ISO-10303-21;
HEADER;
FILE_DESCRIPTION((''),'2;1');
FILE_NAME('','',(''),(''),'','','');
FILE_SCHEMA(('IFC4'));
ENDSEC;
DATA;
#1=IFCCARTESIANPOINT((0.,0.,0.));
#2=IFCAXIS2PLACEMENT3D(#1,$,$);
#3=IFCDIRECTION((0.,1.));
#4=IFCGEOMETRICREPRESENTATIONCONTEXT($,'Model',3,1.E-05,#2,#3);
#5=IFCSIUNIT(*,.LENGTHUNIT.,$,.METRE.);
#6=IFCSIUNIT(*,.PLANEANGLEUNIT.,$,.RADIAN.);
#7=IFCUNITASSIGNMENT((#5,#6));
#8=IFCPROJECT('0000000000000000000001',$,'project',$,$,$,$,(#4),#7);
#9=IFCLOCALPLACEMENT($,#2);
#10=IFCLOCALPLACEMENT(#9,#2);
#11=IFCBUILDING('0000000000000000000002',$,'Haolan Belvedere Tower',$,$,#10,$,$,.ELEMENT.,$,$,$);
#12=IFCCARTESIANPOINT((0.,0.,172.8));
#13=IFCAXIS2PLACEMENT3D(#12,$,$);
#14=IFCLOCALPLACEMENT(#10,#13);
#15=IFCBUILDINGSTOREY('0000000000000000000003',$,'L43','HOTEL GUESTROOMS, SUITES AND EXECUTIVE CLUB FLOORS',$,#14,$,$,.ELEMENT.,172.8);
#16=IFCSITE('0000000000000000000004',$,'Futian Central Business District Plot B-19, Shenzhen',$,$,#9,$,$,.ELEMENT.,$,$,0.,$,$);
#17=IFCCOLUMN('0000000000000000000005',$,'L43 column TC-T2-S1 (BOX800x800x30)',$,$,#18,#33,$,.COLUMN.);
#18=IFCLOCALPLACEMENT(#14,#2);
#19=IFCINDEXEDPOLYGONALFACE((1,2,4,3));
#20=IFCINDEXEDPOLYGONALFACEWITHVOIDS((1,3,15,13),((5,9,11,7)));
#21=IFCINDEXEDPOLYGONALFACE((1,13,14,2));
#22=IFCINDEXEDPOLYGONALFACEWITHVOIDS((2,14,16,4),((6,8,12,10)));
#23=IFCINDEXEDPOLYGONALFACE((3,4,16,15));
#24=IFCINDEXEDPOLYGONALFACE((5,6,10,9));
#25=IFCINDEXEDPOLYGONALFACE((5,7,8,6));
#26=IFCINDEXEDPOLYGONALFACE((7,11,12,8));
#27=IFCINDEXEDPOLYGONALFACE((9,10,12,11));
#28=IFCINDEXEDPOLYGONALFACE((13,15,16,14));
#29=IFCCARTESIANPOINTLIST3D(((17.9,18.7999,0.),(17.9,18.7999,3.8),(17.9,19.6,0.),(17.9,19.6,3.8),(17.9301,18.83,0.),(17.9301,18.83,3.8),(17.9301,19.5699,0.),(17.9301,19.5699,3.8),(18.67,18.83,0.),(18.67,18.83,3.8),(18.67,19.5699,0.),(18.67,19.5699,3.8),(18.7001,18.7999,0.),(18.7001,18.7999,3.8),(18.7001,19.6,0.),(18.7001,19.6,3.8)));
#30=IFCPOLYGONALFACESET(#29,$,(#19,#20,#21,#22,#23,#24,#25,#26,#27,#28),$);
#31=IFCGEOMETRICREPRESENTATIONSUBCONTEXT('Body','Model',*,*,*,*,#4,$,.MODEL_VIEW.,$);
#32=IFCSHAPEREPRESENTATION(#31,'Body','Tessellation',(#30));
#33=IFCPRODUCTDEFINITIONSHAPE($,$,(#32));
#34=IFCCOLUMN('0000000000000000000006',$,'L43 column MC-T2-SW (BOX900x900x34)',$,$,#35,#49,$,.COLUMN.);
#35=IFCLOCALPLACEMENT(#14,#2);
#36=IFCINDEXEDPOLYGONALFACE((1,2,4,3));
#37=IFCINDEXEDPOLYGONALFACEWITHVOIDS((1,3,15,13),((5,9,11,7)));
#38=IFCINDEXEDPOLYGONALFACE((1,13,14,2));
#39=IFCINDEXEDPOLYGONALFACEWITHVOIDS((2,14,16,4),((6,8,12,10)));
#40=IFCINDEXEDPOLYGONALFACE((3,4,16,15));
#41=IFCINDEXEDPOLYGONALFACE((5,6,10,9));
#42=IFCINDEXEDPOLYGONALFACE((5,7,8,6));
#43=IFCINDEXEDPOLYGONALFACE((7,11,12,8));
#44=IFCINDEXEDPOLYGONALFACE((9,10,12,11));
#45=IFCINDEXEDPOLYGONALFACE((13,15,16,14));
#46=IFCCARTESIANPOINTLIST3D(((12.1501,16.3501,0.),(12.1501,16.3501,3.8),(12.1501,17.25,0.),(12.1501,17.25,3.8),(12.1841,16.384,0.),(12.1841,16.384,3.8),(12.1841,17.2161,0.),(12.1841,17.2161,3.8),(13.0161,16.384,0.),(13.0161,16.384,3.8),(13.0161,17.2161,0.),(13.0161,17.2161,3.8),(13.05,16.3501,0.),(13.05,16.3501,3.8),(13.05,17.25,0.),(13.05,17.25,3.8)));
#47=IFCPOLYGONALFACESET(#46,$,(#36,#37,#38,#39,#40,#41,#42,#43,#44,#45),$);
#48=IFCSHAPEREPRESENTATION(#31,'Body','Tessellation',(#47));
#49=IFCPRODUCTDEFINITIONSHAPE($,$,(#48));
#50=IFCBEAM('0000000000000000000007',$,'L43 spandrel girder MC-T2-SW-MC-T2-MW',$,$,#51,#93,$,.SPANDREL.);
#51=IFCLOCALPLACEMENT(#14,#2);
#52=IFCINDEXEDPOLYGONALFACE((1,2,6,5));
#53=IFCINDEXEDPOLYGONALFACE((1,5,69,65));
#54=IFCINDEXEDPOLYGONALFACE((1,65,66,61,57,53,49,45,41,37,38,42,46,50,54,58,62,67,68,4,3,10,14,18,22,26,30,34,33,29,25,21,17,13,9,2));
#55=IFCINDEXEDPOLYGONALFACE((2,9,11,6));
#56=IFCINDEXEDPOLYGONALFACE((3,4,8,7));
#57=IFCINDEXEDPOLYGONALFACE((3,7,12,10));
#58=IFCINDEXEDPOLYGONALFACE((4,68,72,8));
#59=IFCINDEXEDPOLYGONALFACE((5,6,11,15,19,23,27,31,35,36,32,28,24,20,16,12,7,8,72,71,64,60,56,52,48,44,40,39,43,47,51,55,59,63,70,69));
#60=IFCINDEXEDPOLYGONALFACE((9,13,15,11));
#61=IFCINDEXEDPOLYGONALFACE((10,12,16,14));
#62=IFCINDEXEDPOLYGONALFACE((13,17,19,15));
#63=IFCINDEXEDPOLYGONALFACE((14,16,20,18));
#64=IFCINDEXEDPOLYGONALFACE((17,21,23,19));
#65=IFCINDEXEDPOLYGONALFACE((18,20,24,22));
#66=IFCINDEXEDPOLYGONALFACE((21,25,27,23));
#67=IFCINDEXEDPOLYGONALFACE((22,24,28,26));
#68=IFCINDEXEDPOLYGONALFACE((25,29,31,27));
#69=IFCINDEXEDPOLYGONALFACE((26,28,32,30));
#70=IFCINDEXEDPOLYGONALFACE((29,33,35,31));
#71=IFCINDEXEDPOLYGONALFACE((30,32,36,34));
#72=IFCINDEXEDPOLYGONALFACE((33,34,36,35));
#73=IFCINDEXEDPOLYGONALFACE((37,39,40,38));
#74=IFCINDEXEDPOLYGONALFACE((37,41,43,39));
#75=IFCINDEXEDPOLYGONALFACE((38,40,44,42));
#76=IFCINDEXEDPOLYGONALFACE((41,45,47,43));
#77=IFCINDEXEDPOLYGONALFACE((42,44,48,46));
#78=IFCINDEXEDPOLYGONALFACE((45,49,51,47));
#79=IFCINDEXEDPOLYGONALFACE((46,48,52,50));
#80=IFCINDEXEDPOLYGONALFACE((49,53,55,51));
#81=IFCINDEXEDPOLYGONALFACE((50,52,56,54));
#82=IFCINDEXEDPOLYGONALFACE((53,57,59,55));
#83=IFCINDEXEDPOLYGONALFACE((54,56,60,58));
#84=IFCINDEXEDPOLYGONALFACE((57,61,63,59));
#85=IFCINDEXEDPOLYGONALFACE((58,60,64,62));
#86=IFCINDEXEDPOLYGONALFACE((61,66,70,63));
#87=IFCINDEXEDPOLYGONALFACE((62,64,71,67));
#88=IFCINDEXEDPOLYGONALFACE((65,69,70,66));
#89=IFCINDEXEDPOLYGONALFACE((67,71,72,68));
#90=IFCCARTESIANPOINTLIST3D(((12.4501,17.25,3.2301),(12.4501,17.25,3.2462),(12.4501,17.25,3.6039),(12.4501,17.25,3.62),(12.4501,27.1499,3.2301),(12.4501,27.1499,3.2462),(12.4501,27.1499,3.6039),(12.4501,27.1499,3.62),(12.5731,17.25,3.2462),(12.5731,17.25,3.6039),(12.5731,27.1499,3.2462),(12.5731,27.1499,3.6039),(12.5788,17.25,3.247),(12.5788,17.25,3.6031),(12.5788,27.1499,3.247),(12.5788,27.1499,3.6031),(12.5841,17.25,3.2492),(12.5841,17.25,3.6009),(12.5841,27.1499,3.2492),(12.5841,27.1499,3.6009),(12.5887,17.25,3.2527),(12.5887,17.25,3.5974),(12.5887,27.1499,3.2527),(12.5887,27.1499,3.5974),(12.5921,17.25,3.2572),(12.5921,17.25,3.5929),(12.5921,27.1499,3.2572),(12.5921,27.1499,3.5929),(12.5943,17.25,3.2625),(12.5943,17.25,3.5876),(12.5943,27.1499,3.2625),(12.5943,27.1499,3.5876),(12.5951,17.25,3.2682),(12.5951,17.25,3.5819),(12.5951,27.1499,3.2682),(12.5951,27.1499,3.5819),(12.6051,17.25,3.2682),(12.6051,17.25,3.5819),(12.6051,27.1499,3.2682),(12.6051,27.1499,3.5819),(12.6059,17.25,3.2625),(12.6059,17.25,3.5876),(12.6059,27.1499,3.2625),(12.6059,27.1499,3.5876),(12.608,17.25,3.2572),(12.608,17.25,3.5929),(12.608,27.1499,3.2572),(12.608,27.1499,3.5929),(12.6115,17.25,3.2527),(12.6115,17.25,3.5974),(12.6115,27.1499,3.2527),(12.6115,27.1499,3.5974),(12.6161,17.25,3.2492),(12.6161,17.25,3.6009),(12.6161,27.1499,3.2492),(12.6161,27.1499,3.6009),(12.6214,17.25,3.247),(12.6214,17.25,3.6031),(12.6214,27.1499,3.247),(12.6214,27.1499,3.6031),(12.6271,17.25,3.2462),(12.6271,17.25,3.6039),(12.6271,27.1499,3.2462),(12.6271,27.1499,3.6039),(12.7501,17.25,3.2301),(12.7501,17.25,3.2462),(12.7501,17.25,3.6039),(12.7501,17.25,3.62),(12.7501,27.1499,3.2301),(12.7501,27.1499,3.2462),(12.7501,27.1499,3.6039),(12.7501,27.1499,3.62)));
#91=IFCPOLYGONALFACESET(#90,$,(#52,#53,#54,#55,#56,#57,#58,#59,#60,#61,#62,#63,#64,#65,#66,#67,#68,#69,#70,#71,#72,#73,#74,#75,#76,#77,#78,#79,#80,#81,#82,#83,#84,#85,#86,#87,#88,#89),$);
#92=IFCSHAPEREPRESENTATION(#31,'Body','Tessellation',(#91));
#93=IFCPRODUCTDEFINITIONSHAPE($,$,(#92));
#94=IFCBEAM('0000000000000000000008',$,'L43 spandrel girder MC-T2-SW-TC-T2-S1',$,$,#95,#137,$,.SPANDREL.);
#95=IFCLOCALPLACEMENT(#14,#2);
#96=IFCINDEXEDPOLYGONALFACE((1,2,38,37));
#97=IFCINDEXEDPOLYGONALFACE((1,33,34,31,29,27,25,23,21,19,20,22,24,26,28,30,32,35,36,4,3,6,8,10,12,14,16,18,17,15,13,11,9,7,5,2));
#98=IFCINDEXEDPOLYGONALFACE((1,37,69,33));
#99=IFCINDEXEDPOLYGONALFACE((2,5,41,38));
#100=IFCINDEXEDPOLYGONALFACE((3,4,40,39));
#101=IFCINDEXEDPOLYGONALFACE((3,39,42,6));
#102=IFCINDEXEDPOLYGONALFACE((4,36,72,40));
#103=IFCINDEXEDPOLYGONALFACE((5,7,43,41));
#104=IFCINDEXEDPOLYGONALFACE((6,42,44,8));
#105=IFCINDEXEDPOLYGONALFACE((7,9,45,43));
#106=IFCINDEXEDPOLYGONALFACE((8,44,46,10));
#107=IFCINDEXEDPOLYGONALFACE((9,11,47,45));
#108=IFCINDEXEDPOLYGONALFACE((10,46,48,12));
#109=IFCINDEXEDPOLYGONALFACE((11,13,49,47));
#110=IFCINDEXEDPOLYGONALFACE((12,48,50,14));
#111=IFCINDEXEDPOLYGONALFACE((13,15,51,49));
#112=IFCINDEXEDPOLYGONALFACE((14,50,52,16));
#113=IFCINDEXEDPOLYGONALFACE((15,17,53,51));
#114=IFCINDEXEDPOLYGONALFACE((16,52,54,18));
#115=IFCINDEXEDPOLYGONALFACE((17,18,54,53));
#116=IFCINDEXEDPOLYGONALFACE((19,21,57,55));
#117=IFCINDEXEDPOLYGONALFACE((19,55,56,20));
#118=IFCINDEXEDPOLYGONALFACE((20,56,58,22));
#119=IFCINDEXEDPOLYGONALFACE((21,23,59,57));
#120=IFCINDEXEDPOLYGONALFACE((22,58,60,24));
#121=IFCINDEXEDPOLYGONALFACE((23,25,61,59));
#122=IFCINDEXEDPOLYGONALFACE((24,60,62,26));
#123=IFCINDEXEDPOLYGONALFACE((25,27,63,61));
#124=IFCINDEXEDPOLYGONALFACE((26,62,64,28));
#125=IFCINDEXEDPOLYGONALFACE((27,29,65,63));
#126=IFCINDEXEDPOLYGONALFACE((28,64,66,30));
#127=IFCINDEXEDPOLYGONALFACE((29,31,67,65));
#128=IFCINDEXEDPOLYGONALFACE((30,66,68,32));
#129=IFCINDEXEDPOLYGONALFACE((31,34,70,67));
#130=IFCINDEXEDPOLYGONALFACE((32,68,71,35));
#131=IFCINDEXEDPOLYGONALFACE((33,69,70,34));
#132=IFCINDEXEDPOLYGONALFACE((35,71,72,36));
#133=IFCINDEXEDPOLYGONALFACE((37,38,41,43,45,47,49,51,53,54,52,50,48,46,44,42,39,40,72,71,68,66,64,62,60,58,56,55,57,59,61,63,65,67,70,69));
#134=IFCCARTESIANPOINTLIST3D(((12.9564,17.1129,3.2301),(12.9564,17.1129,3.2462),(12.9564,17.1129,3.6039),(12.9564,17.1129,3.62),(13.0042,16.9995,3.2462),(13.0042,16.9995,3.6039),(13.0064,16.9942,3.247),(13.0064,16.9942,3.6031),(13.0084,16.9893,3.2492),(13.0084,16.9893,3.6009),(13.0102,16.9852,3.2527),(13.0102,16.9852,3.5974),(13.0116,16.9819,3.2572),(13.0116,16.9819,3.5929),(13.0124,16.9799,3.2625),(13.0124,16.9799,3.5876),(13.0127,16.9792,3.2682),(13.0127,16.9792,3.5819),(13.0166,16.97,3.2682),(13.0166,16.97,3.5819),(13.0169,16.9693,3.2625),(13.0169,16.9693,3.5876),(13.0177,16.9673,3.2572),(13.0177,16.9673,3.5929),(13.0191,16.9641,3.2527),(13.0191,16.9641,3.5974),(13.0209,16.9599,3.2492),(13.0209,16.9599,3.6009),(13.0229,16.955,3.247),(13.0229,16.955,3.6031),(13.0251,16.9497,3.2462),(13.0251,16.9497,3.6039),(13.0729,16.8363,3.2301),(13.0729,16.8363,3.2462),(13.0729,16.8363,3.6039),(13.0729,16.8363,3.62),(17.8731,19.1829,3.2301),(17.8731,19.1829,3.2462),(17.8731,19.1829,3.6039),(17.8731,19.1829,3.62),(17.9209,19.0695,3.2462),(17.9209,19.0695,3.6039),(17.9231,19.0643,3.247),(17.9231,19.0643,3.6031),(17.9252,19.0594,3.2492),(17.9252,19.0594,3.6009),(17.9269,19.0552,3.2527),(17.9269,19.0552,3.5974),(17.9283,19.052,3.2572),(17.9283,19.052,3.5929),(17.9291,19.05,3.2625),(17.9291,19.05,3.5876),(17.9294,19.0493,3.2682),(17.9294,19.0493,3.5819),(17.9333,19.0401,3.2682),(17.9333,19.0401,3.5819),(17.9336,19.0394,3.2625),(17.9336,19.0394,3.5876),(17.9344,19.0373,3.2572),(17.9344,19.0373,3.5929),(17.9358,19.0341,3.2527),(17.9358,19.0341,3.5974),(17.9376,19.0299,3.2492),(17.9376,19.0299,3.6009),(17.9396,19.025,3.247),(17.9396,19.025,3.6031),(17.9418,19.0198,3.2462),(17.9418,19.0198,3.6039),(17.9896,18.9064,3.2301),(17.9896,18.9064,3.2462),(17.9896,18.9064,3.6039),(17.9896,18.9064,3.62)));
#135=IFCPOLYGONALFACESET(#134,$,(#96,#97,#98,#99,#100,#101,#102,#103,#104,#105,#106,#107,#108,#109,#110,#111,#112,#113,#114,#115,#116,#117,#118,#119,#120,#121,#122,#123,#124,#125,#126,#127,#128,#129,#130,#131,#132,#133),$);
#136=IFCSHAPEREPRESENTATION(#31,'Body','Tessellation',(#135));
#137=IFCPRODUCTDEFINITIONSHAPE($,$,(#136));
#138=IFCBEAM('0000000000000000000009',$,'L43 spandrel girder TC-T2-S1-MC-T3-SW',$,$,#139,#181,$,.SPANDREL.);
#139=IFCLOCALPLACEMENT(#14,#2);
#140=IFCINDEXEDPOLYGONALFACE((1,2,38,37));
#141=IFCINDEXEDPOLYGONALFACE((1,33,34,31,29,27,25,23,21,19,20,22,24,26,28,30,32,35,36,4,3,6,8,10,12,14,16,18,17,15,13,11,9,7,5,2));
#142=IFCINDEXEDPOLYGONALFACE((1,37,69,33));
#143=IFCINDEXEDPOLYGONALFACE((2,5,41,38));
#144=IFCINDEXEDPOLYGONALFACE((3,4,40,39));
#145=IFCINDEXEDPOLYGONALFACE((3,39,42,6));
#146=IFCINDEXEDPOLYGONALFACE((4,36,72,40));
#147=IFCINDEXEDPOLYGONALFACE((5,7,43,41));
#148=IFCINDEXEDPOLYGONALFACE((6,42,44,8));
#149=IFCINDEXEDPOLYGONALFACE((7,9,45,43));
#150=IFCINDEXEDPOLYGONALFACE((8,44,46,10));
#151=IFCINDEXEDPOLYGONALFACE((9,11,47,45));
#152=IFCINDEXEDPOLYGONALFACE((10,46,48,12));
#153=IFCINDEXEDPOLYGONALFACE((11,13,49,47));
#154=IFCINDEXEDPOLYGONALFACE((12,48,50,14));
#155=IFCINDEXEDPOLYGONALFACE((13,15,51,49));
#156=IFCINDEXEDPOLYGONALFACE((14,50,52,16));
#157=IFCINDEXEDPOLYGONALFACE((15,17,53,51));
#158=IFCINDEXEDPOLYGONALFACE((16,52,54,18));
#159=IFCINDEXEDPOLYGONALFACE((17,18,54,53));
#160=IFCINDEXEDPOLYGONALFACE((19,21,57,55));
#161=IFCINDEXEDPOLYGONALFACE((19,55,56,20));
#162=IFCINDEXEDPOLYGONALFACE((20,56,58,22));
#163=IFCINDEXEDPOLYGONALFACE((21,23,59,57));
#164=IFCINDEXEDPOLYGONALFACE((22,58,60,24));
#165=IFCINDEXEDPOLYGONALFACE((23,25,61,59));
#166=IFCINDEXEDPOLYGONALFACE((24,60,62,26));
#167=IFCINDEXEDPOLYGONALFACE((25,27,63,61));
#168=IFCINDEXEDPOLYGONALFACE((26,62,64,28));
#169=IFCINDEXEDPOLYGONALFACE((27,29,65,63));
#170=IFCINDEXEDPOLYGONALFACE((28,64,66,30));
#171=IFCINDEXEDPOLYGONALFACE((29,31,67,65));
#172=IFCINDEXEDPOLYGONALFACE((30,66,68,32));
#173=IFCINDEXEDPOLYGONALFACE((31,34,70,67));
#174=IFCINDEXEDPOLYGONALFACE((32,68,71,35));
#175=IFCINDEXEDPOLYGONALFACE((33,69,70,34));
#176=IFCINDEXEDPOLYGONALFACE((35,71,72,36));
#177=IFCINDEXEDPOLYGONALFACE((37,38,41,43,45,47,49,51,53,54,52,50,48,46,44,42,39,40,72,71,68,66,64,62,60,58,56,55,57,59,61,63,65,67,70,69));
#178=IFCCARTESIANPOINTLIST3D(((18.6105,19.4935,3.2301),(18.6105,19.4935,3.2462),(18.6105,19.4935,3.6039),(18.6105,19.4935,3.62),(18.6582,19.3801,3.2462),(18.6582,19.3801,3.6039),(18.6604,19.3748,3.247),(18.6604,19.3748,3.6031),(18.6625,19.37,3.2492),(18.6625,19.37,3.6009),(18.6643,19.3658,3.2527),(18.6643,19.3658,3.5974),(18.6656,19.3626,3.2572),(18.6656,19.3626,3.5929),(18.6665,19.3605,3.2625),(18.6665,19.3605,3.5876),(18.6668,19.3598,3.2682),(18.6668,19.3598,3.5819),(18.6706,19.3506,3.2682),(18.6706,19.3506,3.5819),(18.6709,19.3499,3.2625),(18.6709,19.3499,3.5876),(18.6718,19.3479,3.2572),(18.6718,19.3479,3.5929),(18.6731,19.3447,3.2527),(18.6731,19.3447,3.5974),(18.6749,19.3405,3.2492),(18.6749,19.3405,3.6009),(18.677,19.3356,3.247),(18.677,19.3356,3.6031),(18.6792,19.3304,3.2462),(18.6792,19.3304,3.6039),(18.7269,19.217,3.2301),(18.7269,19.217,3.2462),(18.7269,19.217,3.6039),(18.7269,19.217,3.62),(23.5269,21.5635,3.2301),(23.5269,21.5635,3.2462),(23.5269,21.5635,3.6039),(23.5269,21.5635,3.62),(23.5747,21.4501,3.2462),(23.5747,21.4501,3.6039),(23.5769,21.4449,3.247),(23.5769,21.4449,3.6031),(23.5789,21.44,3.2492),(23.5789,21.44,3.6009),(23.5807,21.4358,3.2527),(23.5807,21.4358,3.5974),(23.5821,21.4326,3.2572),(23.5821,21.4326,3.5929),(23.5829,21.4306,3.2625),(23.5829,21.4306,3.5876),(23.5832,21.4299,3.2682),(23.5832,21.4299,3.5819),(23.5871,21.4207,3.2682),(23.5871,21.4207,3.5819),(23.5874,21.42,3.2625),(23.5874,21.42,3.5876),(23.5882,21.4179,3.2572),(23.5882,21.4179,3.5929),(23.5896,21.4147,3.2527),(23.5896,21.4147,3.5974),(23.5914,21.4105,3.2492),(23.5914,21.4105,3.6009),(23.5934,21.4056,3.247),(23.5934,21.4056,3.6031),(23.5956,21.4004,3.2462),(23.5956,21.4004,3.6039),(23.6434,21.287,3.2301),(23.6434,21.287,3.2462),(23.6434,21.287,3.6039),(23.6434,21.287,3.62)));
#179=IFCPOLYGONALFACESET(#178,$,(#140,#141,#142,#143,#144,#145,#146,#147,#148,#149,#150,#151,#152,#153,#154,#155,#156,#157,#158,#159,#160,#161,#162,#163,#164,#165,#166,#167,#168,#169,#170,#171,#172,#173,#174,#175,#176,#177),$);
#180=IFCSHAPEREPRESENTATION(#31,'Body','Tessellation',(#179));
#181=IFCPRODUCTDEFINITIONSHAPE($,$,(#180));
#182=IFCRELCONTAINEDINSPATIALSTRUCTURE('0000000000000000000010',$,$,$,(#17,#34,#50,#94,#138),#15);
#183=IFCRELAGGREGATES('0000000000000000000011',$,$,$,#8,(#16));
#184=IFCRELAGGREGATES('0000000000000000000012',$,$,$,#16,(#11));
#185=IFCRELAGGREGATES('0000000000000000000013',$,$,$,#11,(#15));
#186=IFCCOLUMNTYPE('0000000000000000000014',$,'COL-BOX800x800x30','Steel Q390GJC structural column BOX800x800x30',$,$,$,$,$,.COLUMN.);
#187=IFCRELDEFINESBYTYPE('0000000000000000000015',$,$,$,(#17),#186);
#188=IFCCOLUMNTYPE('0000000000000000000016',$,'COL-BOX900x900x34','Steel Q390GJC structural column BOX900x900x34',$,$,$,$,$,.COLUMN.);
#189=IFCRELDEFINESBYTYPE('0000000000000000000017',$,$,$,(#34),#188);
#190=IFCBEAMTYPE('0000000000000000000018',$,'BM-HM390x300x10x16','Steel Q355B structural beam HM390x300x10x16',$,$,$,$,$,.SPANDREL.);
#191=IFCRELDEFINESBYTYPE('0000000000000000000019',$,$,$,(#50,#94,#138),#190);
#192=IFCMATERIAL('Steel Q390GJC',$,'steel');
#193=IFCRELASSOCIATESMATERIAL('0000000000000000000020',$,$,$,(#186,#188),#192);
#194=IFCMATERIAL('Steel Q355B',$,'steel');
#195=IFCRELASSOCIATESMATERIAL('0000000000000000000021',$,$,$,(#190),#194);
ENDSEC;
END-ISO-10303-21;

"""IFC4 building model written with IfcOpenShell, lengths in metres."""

from ifc_helpers import new_model, si_unit, direction, frame, origin, origin_2d, place, context, subcontext, project, spatial, hollow_rectangle, i_section, extrude, material, material_profile, profile_set, type_object, element, save


model = new_model("IFC4")

# Units and contexts
model_context = context("Model", 3, precision=1e-05, world=origin(), true_north=direction((0.0, 1.0)))
body_context = subcontext(model_context, "Body", "Model", "MODEL_VIEW")
ifc_project = project(units=[si_unit("LENGTHUNIT", "METRE"), si_unit("PLANEANGLEUNIT", "RADIAN")], contexts=[model_context])

# Site, building, storey
site_placement = place(None, origin())
site = spatial("IfcSite", under=ifc_project, at=site_placement, Name="Futian Central Business District Plot B-19, Shenzhen", CompositionType="ELEMENT", RefElevation=0.0)
building_placement = place(site_placement, origin())
building = spatial("IfcBuilding", under=site, at=building_placement, Name="Haolan Belvedere Tower", CompositionType="ELEMENT")
storey_placement = place(building_placement, frame((0.0, 0.0, 172.8)))
storey = spatial("IfcBuildingStorey", under=building, at=storey_placement, Name="L43", Description="HOTEL GUESTROOMS, SUITES AND EXECUTIVE CLUB FLOORS", CompositionType="ELEMENT", Elevation=172.8)

# Columns
ifc_material_1 = material(Name="Steel Q390GJC", Category="steel")
ifc_material_profile_1 = material_profile(ifc_material_1, hollow_rectangle(XDim=0.8, YDim=0.8, WallThickness=0.03, at=origin_2d()), Name="Steel Q390GJC")
ifc_profile_set_1 = profile_set([ifc_material_profile_1], Name="Steel Q390GJC")
column_type_1 = type_object("IfcColumnType", Name="COL-BOX800x800x30", Description="Steel Q390GJC structural column BOX800x800x30", PredefinedType="COLUMN", material=ifc_profile_set_1)
column_1_placement = place(storey_placement, frame((18.3, 19.2, 0.0), z_axis=(0.0, 0.0, 1.0), x_axis=(1.0, 0.0, 0.0)))
element("IfcColumn", 1, at=column_1_placement, inside=storey, type_object=column_type_1, Name="L43 column TC-T2-S1 (BOX800x800x30)", PredefinedType="COLUMN", context=body_context, shape_type="SweptSolid", body=[
    extrude(hollow_rectangle(XDim=0.8, YDim=0.8, WallThickness=0.03, at=origin_2d()), origin(), (0.0, 0.0, 1.0), 3.8),
])
ifc_material_profile_2 = material_profile(ifc_material_1, hollow_rectangle(XDim=0.8999, YDim=0.8999, WallThickness=0.0339, at=origin_2d()), Name="Steel Q390GJC")
ifc_profile_set_2 = profile_set([ifc_material_profile_2], Name="Steel Q390GJC")
column_type_2 = type_object("IfcColumnType", Name="COL-BOX900x900x34", Description="Steel Q390GJC structural column BOX900x900x34", PredefinedType="COLUMN", material=ifc_profile_set_2)
column_2_placement = place(storey_placement, frame((12.6001, 16.8, 0.0), z_axis=(0.0, 0.0, 1.0), x_axis=(1.0, 0.0, 0.0)))
element("IfcColumn", 2, at=column_2_placement, inside=storey, type_object=column_type_2, Name="L43 column MC-T2-SW (BOX900x900x34)", PredefinedType="COLUMN", context=body_context, shape_type="SweptSolid", body=[
    extrude(hollow_rectangle(XDim=0.8999, YDim=0.8999, WallThickness=0.0339, at=origin_2d()), origin(), (0.0, 0.0, 1.0), 3.8),
])

# Beams
ifc_material_2 = material(Name="Steel Q355B", Category="steel")
ifc_material_profile_3 = material_profile(ifc_material_2, i_section(OverallWidth=0.3, OverallDepth=0.3899, WebThickness=0.01, FlangeThickness=0.0161, FilletRadius=0.022, at=origin_2d()), Name="Steel Q355B")
ifc_profile_set_3 = profile_set([ifc_material_profile_3], Name="Steel Q355B")
beam_type_1 = type_object("IfcBeamType", Name="BM-HM390x300x10x16", Description="Steel Q355B structural beam HM390x300x10x16", PredefinedType="SPANDREL", material=ifc_profile_set_3)
beam_1_placement = place(storey_placement, frame((12.6001, 17.25, 3.425), z_axis=(0.0, 1.0, 0.0), x_axis=(-1.0, 0.0, 0.0)))
element("IfcBeam", 3, at=beam_1_placement, inside=storey, type_object=beam_type_1, Name="L43 spandrel girder MC-T2-SW-MC-T2-MW", PredefinedType="SPANDREL", context=body_context, shape_type="SweptSolid", body=[
    extrude(i_section(OverallWidth=0.3, OverallDepth=0.3899, WebThickness=0.01, FlangeThickness=0.0161, FilletRadius=0.022, at=origin_2d()), origin(), (0.0, 0.0, 1.0), 9.8999),
])
beam_2_placement = place(storey_placement, frame((13.0146, 16.9746, 3.425), z_axis=(0.921645, 0.388034, 0.0), x_axis=(-0.388034, 0.921645, 0.0)))
element("IfcBeam", 4, at=beam_2_placement, inside=storey, type_object=beam_type_1, Name="L43 spandrel girder MC-T2-SW-TC-T2-S1", PredefinedType="SPANDREL", context=body_context, shape_type="SweptSolid", body=[
    extrude(i_section(OverallWidth=0.3, OverallDepth=0.3899, WebThickness=0.01, FlangeThickness=0.0161, FilletRadius=0.022, at=origin_2d()), origin(), (0.0, 0.0, 1.0), 5.3347),
])
beam_3_placement = place(storey_placement, frame((18.6687, 19.3552, 3.425), z_axis=(0.921638, 0.388051, 0.0), x_axis=(-0.388051, 0.921638, 0.0)))
element("IfcBeam", 5, at=beam_3_placement, inside=storey, type_object=beam_type_1, Name="L43 spandrel girder TC-T2-S1-MC-T3-SW", PredefinedType="SPANDREL", context=body_context, shape_type="SweptSolid", body=[
    extrude(i_section(OverallWidth=0.3, OverallDepth=0.3899, WebThickness=0.01, FlangeThickness=0.0161, FilletRadius=0.022, at=origin_2d()), origin(), (0.0, 0.0, 1.0), 5.3345),
])

save(model, "model.ifc")
